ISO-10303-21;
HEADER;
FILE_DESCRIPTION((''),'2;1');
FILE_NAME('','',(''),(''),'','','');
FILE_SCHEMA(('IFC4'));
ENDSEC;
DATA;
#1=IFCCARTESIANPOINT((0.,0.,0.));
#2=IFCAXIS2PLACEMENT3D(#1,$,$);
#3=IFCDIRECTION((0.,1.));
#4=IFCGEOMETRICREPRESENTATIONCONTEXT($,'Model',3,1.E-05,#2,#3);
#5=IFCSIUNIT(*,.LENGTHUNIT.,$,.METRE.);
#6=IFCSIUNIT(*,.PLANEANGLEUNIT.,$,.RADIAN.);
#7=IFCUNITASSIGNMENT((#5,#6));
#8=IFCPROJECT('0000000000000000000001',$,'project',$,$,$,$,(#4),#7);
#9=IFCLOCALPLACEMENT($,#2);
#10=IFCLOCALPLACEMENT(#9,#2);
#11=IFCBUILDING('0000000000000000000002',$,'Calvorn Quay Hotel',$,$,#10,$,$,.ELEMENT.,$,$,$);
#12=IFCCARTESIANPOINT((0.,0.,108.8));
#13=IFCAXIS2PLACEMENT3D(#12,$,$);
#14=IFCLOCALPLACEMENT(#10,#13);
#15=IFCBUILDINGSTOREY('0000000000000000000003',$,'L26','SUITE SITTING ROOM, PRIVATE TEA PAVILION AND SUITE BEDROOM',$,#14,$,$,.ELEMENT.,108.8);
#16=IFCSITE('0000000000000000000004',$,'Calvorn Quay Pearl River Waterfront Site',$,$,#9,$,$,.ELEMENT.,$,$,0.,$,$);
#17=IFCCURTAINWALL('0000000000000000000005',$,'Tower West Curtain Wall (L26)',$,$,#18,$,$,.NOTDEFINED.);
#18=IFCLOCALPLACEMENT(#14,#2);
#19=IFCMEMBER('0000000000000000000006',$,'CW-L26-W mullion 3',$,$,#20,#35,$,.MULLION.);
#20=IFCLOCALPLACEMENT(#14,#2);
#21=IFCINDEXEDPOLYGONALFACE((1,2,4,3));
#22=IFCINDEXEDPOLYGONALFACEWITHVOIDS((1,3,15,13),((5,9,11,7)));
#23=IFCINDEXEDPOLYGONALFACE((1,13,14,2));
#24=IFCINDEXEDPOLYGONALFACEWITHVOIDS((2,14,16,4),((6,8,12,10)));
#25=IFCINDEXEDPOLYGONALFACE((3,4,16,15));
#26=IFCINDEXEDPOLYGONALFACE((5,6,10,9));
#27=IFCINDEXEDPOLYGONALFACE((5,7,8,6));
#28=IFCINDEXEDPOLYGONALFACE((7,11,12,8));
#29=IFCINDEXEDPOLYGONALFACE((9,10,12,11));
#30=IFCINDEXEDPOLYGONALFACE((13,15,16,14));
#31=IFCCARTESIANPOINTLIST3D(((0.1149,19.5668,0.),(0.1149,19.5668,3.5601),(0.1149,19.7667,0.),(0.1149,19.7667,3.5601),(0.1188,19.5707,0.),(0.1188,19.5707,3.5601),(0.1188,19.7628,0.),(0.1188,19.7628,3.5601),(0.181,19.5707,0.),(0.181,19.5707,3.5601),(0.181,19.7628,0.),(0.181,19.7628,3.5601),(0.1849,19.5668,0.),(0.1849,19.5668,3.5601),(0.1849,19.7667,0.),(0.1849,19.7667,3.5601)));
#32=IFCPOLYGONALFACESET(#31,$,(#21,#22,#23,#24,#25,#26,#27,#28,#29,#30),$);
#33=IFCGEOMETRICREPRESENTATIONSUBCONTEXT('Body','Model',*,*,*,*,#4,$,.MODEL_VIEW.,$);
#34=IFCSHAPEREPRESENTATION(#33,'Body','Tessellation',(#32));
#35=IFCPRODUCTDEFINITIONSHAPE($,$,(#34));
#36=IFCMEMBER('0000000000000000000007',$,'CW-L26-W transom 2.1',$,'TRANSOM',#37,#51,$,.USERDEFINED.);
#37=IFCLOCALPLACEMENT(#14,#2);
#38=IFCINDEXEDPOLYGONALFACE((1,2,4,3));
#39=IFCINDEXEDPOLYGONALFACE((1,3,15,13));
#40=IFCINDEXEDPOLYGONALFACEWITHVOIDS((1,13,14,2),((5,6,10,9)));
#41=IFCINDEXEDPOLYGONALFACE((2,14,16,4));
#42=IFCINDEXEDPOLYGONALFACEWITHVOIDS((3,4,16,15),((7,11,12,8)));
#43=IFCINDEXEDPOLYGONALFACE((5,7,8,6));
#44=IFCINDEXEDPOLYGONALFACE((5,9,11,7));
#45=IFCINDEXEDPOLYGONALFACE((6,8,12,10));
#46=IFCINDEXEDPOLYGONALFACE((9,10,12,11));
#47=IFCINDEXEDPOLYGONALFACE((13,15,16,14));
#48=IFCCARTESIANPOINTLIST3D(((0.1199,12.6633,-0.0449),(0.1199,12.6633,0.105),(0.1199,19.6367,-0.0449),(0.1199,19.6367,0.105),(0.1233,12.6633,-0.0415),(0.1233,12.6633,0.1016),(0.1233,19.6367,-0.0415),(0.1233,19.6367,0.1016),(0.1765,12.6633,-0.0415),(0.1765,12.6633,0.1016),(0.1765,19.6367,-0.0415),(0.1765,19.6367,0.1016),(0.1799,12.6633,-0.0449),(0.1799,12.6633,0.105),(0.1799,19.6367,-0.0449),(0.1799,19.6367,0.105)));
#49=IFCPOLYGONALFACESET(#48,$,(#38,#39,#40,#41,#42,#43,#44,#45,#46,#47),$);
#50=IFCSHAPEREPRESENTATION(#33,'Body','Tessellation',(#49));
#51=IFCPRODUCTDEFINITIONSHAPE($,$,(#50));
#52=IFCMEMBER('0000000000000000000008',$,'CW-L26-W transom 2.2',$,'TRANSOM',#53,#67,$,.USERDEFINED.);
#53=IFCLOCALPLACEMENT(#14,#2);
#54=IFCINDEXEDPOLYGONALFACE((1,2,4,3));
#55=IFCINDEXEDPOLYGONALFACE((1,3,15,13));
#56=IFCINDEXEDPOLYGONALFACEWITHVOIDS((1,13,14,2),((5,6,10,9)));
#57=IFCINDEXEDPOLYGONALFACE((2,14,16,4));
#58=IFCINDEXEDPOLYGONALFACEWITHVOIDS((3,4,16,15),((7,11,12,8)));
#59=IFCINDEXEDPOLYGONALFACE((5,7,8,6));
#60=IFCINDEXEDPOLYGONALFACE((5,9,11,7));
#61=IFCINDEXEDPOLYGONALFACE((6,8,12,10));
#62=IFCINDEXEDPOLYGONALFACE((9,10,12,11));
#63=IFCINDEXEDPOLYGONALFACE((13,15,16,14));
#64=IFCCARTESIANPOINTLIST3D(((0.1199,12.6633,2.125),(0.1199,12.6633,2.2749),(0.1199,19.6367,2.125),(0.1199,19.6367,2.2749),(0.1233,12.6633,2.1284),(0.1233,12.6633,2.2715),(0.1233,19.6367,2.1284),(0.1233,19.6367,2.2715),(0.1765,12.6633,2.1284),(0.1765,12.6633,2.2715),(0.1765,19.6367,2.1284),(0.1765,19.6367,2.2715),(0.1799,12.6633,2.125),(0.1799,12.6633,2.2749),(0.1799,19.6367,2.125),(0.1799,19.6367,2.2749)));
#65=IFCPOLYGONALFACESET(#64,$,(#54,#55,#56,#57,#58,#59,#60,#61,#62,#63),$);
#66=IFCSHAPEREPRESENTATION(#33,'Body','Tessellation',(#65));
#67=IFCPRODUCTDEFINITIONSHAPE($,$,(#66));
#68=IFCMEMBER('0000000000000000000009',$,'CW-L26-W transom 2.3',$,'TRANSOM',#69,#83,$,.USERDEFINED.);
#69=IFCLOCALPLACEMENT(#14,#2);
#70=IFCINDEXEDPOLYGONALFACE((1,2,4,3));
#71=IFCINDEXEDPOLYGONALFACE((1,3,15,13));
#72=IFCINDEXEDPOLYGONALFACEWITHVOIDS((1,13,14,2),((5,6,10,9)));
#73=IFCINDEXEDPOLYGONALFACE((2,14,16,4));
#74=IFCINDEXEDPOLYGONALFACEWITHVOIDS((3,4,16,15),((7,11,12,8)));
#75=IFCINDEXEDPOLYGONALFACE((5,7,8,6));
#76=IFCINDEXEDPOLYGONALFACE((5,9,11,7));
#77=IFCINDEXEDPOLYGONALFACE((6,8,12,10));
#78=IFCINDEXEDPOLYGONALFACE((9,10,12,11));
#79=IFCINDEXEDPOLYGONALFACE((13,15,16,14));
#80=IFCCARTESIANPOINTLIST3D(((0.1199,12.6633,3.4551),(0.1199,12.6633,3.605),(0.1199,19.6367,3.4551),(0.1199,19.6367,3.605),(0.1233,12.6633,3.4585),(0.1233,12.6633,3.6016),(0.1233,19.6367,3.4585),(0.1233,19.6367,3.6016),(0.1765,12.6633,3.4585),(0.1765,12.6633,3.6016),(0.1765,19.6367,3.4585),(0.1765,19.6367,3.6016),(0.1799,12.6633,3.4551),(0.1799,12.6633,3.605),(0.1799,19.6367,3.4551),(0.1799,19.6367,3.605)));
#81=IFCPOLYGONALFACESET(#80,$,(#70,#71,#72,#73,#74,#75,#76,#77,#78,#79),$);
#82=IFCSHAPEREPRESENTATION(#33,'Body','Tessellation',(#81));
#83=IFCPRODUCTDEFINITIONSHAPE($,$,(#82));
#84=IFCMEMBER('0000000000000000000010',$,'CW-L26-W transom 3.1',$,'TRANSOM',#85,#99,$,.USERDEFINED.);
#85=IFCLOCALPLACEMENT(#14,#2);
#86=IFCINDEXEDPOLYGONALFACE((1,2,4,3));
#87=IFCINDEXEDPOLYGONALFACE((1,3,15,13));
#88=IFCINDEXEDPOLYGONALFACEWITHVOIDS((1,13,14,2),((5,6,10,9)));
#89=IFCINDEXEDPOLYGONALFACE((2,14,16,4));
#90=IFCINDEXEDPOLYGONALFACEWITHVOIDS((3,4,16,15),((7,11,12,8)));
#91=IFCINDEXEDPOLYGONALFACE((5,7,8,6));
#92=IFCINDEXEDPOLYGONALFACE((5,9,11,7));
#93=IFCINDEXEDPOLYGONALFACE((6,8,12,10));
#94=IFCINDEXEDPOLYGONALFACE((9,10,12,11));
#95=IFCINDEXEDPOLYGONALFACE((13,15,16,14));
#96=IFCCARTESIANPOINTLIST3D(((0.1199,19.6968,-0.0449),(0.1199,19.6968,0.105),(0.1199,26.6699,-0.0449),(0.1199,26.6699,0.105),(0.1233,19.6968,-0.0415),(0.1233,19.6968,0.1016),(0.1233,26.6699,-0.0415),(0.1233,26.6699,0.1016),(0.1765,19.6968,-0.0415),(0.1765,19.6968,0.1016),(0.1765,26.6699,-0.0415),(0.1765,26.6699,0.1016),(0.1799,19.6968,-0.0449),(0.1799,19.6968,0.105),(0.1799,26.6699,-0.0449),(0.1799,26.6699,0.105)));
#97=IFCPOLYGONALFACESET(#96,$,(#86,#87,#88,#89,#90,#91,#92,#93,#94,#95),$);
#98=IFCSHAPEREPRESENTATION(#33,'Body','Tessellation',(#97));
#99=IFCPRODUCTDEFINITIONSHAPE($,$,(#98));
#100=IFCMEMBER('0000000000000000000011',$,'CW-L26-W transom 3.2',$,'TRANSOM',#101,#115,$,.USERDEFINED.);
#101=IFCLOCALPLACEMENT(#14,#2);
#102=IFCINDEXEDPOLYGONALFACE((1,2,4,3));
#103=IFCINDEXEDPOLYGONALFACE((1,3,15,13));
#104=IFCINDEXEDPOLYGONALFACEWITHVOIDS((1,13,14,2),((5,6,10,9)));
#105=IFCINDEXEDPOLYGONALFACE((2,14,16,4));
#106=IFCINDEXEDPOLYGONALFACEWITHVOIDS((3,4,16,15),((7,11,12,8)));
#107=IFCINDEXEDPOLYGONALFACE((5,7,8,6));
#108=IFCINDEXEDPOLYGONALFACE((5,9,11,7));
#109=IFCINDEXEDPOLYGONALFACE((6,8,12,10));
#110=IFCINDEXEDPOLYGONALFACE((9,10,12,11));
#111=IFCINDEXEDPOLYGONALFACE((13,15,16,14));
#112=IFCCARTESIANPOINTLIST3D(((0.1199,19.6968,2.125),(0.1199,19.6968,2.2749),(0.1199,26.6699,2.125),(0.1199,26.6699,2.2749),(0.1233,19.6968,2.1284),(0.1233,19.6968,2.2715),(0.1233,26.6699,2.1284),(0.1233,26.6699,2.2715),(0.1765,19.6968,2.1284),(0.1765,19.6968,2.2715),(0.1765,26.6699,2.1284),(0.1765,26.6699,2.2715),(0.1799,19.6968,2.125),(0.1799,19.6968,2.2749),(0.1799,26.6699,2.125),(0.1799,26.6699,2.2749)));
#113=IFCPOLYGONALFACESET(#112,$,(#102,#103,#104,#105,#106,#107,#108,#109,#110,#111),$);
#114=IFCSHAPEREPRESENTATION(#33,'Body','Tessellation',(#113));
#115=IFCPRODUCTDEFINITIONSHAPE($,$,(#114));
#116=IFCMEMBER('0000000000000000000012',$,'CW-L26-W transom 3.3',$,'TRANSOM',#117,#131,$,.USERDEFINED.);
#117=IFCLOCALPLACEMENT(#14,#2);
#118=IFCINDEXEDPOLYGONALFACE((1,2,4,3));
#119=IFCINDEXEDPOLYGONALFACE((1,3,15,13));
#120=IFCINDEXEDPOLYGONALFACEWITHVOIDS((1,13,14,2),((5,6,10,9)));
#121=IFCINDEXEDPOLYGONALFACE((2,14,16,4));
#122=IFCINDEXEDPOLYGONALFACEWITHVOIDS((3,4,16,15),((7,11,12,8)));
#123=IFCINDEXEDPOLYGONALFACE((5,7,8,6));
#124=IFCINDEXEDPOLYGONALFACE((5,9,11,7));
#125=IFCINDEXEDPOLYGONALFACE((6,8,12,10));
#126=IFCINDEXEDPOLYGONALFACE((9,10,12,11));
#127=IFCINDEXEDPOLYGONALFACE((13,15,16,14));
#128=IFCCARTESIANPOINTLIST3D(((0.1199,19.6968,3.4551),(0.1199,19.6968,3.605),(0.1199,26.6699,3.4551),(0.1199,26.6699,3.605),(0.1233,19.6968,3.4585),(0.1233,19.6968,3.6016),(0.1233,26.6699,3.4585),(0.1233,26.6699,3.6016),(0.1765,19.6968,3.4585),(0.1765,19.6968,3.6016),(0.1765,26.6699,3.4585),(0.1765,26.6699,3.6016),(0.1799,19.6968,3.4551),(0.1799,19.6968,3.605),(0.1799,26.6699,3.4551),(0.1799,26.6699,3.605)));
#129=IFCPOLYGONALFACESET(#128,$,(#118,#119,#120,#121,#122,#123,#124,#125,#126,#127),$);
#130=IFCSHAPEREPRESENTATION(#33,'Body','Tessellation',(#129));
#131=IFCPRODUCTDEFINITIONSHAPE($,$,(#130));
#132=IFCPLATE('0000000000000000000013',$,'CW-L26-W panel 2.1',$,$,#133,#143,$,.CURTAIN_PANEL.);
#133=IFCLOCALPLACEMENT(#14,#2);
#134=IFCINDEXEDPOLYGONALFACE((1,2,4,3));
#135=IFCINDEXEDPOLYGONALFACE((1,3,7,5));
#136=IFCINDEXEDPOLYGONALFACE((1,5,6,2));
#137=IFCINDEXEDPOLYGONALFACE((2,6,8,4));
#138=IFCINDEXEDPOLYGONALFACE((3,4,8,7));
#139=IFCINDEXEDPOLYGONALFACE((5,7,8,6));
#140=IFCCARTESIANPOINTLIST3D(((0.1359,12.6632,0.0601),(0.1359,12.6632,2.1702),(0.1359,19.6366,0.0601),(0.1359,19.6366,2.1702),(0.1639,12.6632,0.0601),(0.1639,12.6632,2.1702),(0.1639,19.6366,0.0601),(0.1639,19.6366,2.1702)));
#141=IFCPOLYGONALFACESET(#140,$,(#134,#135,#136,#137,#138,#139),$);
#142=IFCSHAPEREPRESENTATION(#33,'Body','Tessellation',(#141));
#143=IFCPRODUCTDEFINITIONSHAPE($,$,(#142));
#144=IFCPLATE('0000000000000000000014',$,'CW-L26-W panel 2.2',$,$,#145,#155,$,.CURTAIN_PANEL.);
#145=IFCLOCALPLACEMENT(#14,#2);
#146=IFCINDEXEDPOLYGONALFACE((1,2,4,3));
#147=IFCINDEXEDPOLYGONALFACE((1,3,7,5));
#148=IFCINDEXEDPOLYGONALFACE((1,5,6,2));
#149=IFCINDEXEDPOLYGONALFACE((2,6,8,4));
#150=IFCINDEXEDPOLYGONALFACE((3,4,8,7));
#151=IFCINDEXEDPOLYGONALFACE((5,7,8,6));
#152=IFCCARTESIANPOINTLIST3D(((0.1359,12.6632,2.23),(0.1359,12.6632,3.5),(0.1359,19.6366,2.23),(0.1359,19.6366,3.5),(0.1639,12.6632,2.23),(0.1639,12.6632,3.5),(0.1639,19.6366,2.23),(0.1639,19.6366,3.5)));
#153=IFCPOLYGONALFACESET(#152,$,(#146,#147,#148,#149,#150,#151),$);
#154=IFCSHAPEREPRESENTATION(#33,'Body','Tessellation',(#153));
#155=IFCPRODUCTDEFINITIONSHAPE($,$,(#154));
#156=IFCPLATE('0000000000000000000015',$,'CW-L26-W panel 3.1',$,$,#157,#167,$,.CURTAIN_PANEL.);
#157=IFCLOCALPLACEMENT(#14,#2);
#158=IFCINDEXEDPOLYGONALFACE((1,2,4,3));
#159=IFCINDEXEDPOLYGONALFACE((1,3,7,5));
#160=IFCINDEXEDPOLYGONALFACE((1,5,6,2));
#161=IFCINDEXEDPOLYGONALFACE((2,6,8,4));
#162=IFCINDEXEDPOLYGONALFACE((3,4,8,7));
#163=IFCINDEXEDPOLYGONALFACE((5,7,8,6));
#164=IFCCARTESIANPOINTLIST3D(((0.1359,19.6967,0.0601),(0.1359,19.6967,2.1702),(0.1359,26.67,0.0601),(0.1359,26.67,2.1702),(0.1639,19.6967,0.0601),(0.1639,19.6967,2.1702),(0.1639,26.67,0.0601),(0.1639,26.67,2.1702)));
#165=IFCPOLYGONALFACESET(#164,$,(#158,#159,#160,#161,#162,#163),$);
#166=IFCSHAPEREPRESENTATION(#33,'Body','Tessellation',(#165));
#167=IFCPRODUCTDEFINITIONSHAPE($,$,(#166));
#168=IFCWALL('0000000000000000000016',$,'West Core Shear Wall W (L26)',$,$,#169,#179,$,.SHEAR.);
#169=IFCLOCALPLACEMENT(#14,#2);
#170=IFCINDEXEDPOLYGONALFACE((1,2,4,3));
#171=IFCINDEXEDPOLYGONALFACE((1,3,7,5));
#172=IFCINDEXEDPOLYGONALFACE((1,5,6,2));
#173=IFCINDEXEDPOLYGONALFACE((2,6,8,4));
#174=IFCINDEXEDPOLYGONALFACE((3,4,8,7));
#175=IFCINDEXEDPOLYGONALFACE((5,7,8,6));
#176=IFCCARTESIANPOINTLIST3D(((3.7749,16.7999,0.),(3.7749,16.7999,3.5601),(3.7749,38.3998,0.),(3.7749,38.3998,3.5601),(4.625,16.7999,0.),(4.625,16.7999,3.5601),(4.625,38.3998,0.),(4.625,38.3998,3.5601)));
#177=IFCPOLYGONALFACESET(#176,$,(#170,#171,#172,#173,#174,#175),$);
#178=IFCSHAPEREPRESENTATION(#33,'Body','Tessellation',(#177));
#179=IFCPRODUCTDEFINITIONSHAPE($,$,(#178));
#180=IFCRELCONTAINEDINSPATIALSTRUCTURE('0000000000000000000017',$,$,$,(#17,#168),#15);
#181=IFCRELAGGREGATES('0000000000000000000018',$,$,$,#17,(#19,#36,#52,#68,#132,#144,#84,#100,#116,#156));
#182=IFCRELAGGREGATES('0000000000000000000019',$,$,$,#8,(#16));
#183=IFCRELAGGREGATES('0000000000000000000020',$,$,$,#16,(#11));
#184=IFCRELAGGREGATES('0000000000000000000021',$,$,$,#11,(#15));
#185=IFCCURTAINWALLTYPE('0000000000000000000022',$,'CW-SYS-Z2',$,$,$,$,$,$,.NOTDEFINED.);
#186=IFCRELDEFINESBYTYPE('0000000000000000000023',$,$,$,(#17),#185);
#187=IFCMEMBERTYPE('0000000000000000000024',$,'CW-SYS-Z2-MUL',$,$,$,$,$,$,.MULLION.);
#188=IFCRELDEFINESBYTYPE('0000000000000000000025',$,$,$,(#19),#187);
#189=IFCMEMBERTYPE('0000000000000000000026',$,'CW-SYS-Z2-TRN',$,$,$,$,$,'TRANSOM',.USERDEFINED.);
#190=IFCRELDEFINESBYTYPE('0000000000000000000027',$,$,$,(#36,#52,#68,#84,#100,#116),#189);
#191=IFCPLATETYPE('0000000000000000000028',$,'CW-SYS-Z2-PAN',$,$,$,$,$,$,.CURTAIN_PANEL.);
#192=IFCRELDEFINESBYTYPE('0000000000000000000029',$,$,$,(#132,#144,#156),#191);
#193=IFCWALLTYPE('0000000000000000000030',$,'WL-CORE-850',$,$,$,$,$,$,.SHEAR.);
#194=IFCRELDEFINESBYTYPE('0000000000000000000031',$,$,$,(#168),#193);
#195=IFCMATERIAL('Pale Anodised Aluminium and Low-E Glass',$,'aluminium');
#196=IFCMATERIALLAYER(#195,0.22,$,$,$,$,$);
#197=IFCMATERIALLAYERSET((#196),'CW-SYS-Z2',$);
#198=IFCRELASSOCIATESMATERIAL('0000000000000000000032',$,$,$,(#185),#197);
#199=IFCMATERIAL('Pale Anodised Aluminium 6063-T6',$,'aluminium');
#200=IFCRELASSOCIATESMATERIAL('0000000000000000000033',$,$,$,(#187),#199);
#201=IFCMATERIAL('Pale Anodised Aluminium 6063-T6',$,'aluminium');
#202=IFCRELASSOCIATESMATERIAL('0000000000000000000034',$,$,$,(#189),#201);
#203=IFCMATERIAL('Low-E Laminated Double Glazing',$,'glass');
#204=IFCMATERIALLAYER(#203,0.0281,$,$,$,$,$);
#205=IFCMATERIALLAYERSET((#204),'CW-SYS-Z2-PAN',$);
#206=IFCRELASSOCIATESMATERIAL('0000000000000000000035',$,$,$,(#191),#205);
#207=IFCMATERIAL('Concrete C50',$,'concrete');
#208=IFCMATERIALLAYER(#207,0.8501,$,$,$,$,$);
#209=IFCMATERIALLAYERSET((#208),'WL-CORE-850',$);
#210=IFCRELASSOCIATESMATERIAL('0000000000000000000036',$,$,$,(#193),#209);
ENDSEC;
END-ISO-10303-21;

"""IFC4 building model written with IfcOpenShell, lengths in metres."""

from ifc_helpers import new_model, si_unit, direction, frame, frame_2d, origin, origin_2d, place, context, subcontext, project, spatial, rectangle, hollow_rectangle, extrude, material, layer, layer_set, material_profile, profile_set, type_object, element, aggregate, save


model = new_model("IFC4")

# Units and contexts
model_context = context("Model", 3, precision=1e-05, world=origin(), true_north=direction((0.0, 1.0)))
body_context = subcontext(model_context, "Body", "Model", "MODEL_VIEW")
ifc_project = project(units=[si_unit("LENGTHUNIT", "METRE"), si_unit("PLANEANGLEUNIT", "RADIAN")], contexts=[model_context])

# Site, building, storey
site_placement = place(None, origin())
site = spatial("IfcSite", under=ifc_project, at=site_placement, Name="Calvorn Quay Pearl River Waterfront Site", CompositionType="ELEMENT", RefElevation=0.0)
building_placement = place(site_placement, origin())
building = spatial("IfcBuilding", under=site, at=building_placement, Name="Calvorn Quay Hotel", CompositionType="ELEMENT")
storey_placement = place(building_placement, frame((0.0, 0.0, 108.8)))
storey = spatial("IfcBuildingStorey", under=building, at=storey_placement, Name="L26", Description="SUITE SITTING ROOM, PRIVATE TEA PAVILION AND SUITE BEDROOM", CompositionType="ELEMENT", Elevation=108.8)

# Curtain wall, members, plates
ifc_material_1 = material(Name="Pale Anodised Aluminium and Low-E Glass", Category="aluminium")
ifc_layer_1 = layer(ifc_material_1, 0.22)
ifc_layer_set_1 = layer_set([ifc_layer_1], Name="CW-SYS-Z2")
curtain_wall_type = type_object("IfcCurtainWallType", Name="CW-SYS-Z2", PredefinedType="NOTDEFINED", material=ifc_layer_set_1)
curtain_wall_placement = place(storey_placement, origin())
curtain_wall = element("IfcCurtainWall", 1, at=curtain_wall_placement, inside=storey, type_object=curtain_wall_type, Name="Tower West Curtain Wall (L26)", PredefinedType="NOTDEFINED")
ifc_material_2 = material(Name="Pale Anodised Aluminium 6063-T6", Category="aluminium")
ifc_material_profile_1 = material_profile(ifc_material_2, hollow_rectangle(XDim=0.0701, YDim=0.2, WallThickness=0.0039, at=origin_2d()), Name="ALU-M200x70x4")
ifc_profile_set_1 = profile_set([ifc_material_profile_1], Name="Pale Anodised Aluminium 6063-T6")
member_type_1 = type_object("IfcMemberType", Name="CW-SYS-Z2-MUL", PredefinedType="MULLION", material=ifc_profile_set_1)
member_1_placement = place(storey_placement, frame((0.1499, 19.6667, 0.0), z_axis=(0.0, 0.0, 1.0), x_axis=(-1.0, 0.0, 0.0)))
member_1 = element("IfcMember", 2, at=member_1_placement, type_object=member_type_1, Name="CW-L26-W mullion 3", PredefinedType="MULLION", context=body_context, shape_type="SweptSolid", body=[
    extrude(hollow_rectangle(XDim=0.0701, YDim=0.2, WallThickness=0.0039, at=origin_2d()), origin(), (0.0, 0.0, 1.0), 3.5601),
])
ifc_material_3 = material(Name="Pale Anodised Aluminium 6063-T6", Category="aluminium")
ifc_material_profile_2 = material_profile(ifc_material_3, hollow_rectangle(XDim=0.0601, YDim=0.1499, WallThickness=0.0034, at=origin_2d()), Name="ALU-T150x60x3.5")
ifc_profile_set_2 = profile_set([ifc_material_profile_2], Name="Pale Anodised Aluminium 6063-T6")
member_type_2 = type_object("IfcMemberType", Name="CW-SYS-Z2-TRN", ElementType="TRANSOM", PredefinedType="USERDEFINED", material=ifc_profile_set_2)
member_2_placement = place(storey_placement, frame((0.1499, 12.6633, 0.03), z_axis=(0.0, 1.0, 0.0), x_axis=(-1.0, 0.0, 0.0)))
member_2 = element("IfcMember", 3, at=member_2_placement, type_object=member_type_2, Name="CW-L26-W transom 2.1", ObjectType="TRANSOM", PredefinedType="USERDEFINED", context=body_context, shape_type="SweptSolid", body=[
    extrude(hollow_rectangle(XDim=0.0601, YDim=0.1499, WallThickness=0.0034, at=origin_2d()), origin(), (0.0, 0.0, 1.0), 6.9734),
])
member_3_placement = place(storey_placement, frame((0.1499, 12.6633, 2.2), z_axis=(0.0, 1.0, 0.0), x_axis=(-1.0, 0.0, 0.0)))
member_3 = element("IfcMember", 4, at=member_3_placement, type_object=member_type_2, Name="CW-L26-W transom 2.2", ObjectType="TRANSOM", PredefinedType="USERDEFINED", context=body_context, shape_type="SweptSolid", body=[
    extrude(hollow_rectangle(XDim=0.0601, YDim=0.1499, WallThickness=0.0034, at=origin_2d()), origin(), (0.0, 0.0, 1.0), 6.9734),
])
member_4_placement = place(storey_placement, frame((0.1499, 12.6633, 3.53), z_axis=(0.0, 1.0, 0.0), x_axis=(-1.0, 0.0, 0.0)))
member_4 = element("IfcMember", 5, at=member_4_placement, type_object=member_type_2, Name="CW-L26-W transom 2.3", ObjectType="TRANSOM", PredefinedType="USERDEFINED", context=body_context, shape_type="SweptSolid", body=[
    extrude(hollow_rectangle(XDim=0.0601, YDim=0.1499, WallThickness=0.0034, at=origin_2d()), origin(), (0.0, 0.0, 1.0), 6.9734),
])
member_5_placement = place(storey_placement, frame((0.1499, 19.6968, 0.03), z_axis=(0.0, 1.0, 0.0), x_axis=(-1.0, 0.0, 0.0)))
member_5 = element("IfcMember", 6, at=member_5_placement, type_object=member_type_2, Name="CW-L26-W transom 3.1", ObjectType="TRANSOM", PredefinedType="USERDEFINED", context=body_context, shape_type="SweptSolid", body=[
    extrude(hollow_rectangle(XDim=0.0601, YDim=0.1499, WallThickness=0.0034, at=origin_2d()), origin(), (0.0, 0.0, 1.0), 6.9731),
])
member_6_placement = place(storey_placement, frame((0.1499, 19.6968, 2.2), z_axis=(0.0, 1.0, 0.0), x_axis=(-1.0, 0.0, 0.0)))
member_6 = element("IfcMember", 7, at=member_6_placement, type_object=member_type_2, Name="CW-L26-W transom 3.2", ObjectType="TRANSOM", PredefinedType="USERDEFINED", context=body_context, shape_type="SweptSolid", body=[
    extrude(hollow_rectangle(XDim=0.0601, YDim=0.1499, WallThickness=0.0034, at=origin_2d()), origin(), (0.0, 0.0, 1.0), 6.9731),
])
member_7_placement = place(storey_placement, frame((0.1499, 19.6968, 3.53), z_axis=(0.0, 1.0, 0.0), x_axis=(-1.0, 0.0, 0.0)))
member_7 = element("IfcMember", 8, at=member_7_placement, type_object=member_type_2, Name="CW-L26-W transom 3.3", ObjectType="TRANSOM", PredefinedType="USERDEFINED", context=body_context, shape_type="SweptSolid", body=[
    extrude(hollow_rectangle(XDim=0.0601, YDim=0.1499, WallThickness=0.0034, at=origin_2d()), origin(), (0.0, 0.0, 1.0), 6.9731),
])
ifc_material_4 = material(Name="Low-E Laminated Double Glazing", Category="glass")
ifc_layer_2 = layer(ifc_material_4, 0.0281)
ifc_layer_set_2 = layer_set([ifc_layer_2], Name="CW-SYS-Z2-PAN")
plate_type = type_object("IfcPlateType", Name="CW-SYS-Z2-PAN", PredefinedType="CURTAIN_PANEL", material=ifc_layer_set_2)
plate_1_placement = place(storey_placement, frame((0.1499, 16.1499, 0.0601), z_axis=(0.0, 0.0, 1.0), x_axis=(0.0, 1.0, 0.0)))
plate_1 = element("IfcPlate", 9, at=plate_1_placement, type_object=plate_type, Name="CW-L26-W panel 2.1", PredefinedType="CURTAIN_PANEL", context=body_context, shape_type="SweptSolid", body=[
    extrude(rectangle(XDim=6.9734, YDim=0.0281, at=origin_2d()), origin(), (0.0, 0.0, 1.0), 2.1101),
])
plate_2_placement = place(storey_placement, frame((0.1499, 16.1499, 2.23), z_axis=(0.0, 0.0, 1.0), x_axis=(0.0, 1.0, 0.0)))
plate_2 = element("IfcPlate", 10, at=plate_2_placement, type_object=plate_type, Name="CW-L26-W panel 2.2", PredefinedType="CURTAIN_PANEL", context=body_context, shape_type="SweptSolid", body=[
    extrude(rectangle(XDim=6.9734, YDim=0.0281, at=origin_2d()), origin(), (0.0, 0.0, 1.0), 1.27),
])
plate_3_placement = place(storey_placement, frame((0.1499, 23.1833, 0.0601), z_axis=(0.0, 0.0, 1.0), x_axis=(0.0, 1.0, 0.0)))
plate_3 = element("IfcPlate", 11, at=plate_3_placement, type_object=plate_type, Name="CW-L26-W panel 3.1", PredefinedType="CURTAIN_PANEL", context=body_context, shape_type="SweptSolid", body=[
    extrude(rectangle(XDim=6.9734, YDim=0.0281, at=origin_2d()), origin(), (0.0, 0.0, 1.0), 2.1101),
])
aggregate(curtain_wall, [member_1, member_2, member_3, member_4, plate_1, plate_2, member_5, member_6, member_7, plate_3])

# Wall
ifc_material_5 = material(Name="Concrete C50", Category="concrete")
ifc_layer_3 = layer(ifc_material_5, 0.8501)
ifc_layer_set_3 = layer_set([ifc_layer_3], Name="WL-CORE-850")
wall_type_1 = type_object("IfcWallType", Name="WL-CORE-850", PredefinedType="SHEAR", material=ifc_layer_set_3)
wall_1_placement = place(storey_placement, frame((4.2, 16.8, 0.0), z_axis=(0.0, 0.0, 1.0), x_axis=(0.0, 1.0, 0.0)))
element("IfcWall", 12, at=wall_1_placement, inside=storey, type_object=wall_type_1, Name="West Core Shear Wall W (L26)", PredefinedType="SHEAR", context=body_context, shape_type="SweptSolid", body=[
    extrude(rectangle(XDim=21.5999, YDim=0.8501, at=frame_2d((10.7998, 0.0))), origin(), (0.0, 0.0, 1.0), 3.5601),
])

save(model, "model.ifc")
